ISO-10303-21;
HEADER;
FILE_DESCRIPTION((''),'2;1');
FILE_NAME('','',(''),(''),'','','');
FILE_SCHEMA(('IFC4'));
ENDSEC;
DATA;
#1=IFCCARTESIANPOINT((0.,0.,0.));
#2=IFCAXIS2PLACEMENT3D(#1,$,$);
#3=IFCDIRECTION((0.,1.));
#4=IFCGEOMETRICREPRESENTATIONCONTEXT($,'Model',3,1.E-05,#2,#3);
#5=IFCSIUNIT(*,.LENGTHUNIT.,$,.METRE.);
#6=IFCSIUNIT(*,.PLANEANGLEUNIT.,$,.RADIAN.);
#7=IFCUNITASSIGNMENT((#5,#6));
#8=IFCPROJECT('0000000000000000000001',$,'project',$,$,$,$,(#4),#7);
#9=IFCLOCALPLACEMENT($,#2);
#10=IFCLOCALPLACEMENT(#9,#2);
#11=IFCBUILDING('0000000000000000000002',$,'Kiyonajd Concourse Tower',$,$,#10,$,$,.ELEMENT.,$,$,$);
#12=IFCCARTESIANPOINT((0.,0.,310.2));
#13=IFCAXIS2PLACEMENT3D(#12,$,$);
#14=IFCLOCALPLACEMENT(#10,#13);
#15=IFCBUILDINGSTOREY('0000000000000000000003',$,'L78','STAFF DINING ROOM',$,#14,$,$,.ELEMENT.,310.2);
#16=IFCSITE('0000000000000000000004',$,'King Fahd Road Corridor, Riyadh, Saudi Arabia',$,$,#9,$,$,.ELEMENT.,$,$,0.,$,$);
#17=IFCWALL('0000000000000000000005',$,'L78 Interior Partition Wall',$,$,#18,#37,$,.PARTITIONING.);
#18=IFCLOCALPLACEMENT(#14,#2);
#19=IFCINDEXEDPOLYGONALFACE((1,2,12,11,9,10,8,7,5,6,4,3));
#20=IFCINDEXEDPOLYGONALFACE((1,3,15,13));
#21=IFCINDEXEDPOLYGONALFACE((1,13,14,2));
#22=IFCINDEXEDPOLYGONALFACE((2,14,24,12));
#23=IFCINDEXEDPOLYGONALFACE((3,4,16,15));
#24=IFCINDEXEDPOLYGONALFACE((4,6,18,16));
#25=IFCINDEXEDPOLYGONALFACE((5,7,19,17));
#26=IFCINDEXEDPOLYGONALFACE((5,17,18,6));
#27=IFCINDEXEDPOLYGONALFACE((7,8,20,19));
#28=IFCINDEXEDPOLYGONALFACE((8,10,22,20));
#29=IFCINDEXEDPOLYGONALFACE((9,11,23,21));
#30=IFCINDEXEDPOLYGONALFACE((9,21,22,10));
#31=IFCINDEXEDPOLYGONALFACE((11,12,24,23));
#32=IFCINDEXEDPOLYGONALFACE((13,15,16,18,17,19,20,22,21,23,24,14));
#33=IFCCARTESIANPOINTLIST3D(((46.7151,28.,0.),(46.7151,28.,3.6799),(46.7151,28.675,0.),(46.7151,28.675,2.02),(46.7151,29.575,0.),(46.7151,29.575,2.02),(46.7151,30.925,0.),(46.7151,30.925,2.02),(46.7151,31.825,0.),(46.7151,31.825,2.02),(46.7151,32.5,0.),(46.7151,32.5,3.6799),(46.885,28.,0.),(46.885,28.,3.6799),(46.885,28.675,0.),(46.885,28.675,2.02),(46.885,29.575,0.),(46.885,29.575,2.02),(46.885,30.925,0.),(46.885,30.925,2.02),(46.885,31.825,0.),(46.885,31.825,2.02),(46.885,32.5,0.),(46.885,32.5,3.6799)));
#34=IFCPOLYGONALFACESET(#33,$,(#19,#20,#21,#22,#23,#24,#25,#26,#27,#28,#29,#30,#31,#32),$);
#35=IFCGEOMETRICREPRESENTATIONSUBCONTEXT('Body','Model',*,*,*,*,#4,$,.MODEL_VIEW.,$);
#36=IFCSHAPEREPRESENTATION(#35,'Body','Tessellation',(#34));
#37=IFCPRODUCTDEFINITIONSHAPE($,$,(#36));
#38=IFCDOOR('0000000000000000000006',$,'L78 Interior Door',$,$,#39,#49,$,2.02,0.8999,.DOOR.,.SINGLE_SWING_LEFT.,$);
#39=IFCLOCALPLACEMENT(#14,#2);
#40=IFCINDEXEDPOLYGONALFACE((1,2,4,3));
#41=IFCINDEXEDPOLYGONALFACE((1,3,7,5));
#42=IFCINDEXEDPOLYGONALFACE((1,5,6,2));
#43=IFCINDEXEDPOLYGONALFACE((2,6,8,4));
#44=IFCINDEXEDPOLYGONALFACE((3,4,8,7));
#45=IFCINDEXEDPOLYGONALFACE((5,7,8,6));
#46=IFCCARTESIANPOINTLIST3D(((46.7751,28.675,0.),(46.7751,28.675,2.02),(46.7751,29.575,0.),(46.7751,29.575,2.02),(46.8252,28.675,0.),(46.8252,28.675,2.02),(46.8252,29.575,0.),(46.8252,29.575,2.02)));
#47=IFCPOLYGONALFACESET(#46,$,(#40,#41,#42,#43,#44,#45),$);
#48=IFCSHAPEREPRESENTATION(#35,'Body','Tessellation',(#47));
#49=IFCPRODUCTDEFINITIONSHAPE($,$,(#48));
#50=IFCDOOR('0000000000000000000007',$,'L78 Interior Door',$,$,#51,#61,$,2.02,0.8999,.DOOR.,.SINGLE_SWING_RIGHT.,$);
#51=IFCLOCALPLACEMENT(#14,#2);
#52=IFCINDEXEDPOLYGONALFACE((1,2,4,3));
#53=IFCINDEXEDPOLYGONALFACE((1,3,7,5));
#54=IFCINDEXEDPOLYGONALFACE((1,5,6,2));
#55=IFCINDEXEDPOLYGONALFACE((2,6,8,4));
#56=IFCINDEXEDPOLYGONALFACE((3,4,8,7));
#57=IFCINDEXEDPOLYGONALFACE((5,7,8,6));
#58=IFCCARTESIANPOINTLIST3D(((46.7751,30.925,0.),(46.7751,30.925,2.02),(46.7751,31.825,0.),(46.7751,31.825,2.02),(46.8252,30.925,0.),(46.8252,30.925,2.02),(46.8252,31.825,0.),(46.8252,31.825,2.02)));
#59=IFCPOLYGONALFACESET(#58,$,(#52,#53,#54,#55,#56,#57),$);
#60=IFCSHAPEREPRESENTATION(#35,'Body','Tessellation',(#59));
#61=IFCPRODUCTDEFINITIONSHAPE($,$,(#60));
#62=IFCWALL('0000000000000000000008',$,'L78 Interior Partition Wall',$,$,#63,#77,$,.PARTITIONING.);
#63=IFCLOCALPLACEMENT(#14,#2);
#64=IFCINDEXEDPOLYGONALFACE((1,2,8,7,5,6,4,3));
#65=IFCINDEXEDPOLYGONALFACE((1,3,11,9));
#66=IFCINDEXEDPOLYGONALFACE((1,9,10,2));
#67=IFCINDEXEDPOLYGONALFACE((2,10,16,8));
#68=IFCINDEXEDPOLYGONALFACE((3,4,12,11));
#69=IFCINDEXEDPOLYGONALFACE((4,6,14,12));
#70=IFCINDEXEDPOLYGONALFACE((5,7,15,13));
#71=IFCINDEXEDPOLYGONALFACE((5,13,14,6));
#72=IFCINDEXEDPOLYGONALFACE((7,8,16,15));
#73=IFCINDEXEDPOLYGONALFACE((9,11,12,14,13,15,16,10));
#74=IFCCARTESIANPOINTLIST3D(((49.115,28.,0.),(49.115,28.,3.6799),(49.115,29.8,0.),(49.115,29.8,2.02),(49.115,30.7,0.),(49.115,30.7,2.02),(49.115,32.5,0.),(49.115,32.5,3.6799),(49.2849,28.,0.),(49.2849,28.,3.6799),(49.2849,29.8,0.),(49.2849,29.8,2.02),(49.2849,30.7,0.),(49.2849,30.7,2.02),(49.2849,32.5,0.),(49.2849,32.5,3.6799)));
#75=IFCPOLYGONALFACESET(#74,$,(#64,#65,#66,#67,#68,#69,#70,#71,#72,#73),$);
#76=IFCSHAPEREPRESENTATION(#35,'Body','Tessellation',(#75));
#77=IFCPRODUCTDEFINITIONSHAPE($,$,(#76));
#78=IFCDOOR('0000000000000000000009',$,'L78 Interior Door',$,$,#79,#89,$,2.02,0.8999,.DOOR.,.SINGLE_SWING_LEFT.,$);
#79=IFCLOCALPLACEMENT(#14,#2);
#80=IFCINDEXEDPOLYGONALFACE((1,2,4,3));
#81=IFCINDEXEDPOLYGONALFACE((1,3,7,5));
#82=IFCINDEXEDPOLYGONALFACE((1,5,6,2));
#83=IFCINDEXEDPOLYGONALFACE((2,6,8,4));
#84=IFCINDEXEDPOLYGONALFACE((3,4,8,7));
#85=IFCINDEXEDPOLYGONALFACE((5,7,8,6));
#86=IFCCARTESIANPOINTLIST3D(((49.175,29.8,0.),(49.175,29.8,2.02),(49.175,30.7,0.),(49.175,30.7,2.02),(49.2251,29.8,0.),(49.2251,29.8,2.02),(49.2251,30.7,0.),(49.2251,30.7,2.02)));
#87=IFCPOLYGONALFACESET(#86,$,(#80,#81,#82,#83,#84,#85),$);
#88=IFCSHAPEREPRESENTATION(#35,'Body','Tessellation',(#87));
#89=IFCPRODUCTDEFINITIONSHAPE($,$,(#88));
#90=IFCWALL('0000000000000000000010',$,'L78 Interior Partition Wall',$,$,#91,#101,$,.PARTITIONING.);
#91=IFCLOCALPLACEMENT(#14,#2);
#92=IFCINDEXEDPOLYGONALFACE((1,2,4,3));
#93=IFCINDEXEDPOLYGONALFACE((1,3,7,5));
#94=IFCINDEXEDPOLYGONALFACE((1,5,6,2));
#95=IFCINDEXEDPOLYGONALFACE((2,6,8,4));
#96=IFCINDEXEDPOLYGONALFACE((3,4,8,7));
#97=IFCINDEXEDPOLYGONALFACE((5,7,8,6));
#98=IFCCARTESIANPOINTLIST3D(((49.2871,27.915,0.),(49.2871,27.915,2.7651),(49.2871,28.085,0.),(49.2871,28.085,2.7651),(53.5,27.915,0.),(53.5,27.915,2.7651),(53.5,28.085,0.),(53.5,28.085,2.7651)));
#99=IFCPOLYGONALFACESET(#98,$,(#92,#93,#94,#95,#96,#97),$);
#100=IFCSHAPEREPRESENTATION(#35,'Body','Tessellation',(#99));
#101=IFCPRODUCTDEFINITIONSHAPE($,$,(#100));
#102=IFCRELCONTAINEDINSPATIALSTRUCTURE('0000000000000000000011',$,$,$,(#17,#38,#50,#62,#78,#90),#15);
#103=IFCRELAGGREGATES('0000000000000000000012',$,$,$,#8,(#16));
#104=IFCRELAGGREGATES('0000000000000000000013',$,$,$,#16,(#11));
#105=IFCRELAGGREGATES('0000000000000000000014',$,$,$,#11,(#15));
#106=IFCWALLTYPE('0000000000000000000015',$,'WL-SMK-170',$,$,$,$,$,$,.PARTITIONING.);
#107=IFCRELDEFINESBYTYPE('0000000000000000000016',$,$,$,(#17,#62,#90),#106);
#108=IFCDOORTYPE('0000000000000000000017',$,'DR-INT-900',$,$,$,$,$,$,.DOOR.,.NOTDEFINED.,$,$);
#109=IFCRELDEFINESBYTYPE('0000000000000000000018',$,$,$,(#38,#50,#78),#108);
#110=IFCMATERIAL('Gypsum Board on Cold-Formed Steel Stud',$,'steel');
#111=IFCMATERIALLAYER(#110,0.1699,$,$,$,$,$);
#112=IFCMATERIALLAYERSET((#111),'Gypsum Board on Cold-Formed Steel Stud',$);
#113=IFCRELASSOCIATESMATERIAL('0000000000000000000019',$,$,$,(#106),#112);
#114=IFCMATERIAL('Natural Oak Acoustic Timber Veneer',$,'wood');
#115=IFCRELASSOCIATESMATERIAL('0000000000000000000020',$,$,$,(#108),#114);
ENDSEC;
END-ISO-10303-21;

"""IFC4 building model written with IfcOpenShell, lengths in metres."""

from ifc_helpers import new_model, si_unit, direction, frame, frame_2d, origin, place, context, subcontext, project, spatial, rectangle, extrude, material, layer, layer_set, type_object, element, fill, save


model = new_model("IFC4")

# Units and contexts
model_context = context("Model", 3, precision=1e-05, world=origin(), true_north=direction((0.0, 1.0)))
body_context = subcontext(model_context, "Body", "Model", "MODEL_VIEW")
ifc_project = project(units=[si_unit("LENGTHUNIT", "METRE"), si_unit("PLANEANGLEUNIT", "RADIAN")], contexts=[model_context])

# Site, building, storey
site_placement = place(None, origin())
site = spatial("IfcSite", under=ifc_project, at=site_placement, Name="King Fahd Road Corridor, Riyadh, Saudi Arabia", CompositionType="ELEMENT", RefElevation=0.0)
building_placement = place(site_placement, origin())
building = spatial("IfcBuilding", under=site, at=building_placement, Name="Kiyonajd Concourse Tower", CompositionType="ELEMENT")
storey_placement = place(building_placement, frame((0.0, 0.0, 310.2)))
storey = spatial("IfcBuildingStorey", under=building, at=storey_placement, Name="L78", Description="STAFF DINING ROOM", CompositionType="ELEMENT", Elevation=310.2)

# Shared definitions
ifc_material_1 = material(Name="Gypsum Board on Cold-Formed Steel Stud", Category="steel")
ifc_layer = layer(ifc_material_1, 0.1699)
ifc_layer_set = layer_set([ifc_layer], Name="Gypsum Board on Cold-Formed Steel Stud")
wall_type = type_object("IfcWallType", Name="WL-SMK-170", PredefinedType="PARTITIONING", material=ifc_layer_set)
ifc_material_2 = material(Name="Natural Oak Acoustic Timber Veneer", Category="wood")
door_type = type_object("IfcDoorType", Name="DR-INT-900", OperationType="NOTDEFINED", PredefinedType="DOOR", material=ifc_material_2)

# Wall, openings, doors
wall_1_placement = place(storey_placement, frame((46.8, 28.0, 0.0), z_axis=(0.0, 0.0, 1.0), x_axis=(0.0, 1.0, 0.0)))
wall_1 = element("IfcWall", 1, at=wall_1_placement, inside=storey, type_object=wall_type, Name="L78 Interior Partition Wall", PredefinedType="PARTITIONING", context=body_context, shape_type="SweptSolid", body=[
    extrude(rectangle(XDim=4.5, YDim=0.1699, at=frame_2d((2.25, 0.0))), origin(), (0.0, 0.0, 1.0), 3.6799),
])
opening_1_placement = place(wall_1_placement, frame((0.675, 0.0, 0.0)))
opening_1 = element("IfcOpeningElement", 2, at=opening_1_placement, cuts=wall_1, PredefinedType="OPENING", context=body_context, shape_type="SweptSolid", body=[
    extrude(rectangle(XDim=0.8999, YDim=2.02, at=frame_2d((0.45, 1.01))), frame((0.0, 0.095, 0.0), z_axis=(0.0, -1.0, 0.0), x_axis=(1.0, 0.0, 0.0)), (0.0, 0.0, 1.0), 0.1899),
])
opening_2_placement = place(wall_1_placement, frame((2.925, 0.0, 0.0)))
opening_2 = element("IfcOpeningElement", 3, at=opening_2_placement, cuts=wall_1, PredefinedType="OPENING", context=body_context, shape_type="SweptSolid", body=[
    extrude(rectangle(XDim=0.8999, YDim=2.02, at=frame_2d((0.45, 1.01))), frame((0.0, 0.095, 0.0), z_axis=(0.0, -1.0, 0.0), x_axis=(1.0, 0.0, 0.0)), (0.0, 0.0, 1.0), 0.1899),
])
door_1_placement = place(opening_1_placement, origin())
door_1 = element("IfcDoor", 4, at=door_1_placement, inside=storey, type_object=door_type, Name="L78 Interior Door", OperationType="SINGLE_SWING_LEFT", OverallHeight=2.02, OverallWidth=0.8999, PredefinedType="DOOR", context=body_context, shape_type="SweptSolid", body=[
    extrude(rectangle(XDim=0.8999, YDim=2.02, at=frame_2d((0.45, 1.01))), frame((0.0, 0.0249, 0.0), z_axis=(0.0, -1.0, 0.0), x_axis=(1.0, 0.0, 0.0)), (0.0, 0.0, 1.0), 0.05),
])
fill(opening_1, door_1)
door_2_placement = place(opening_2_placement, origin())
door_2 = element("IfcDoor", 5, at=door_2_placement, inside=storey, type_object=door_type, Name="L78 Interior Door", OperationType="SINGLE_SWING_RIGHT", OverallHeight=2.02, OverallWidth=0.8999, PredefinedType="DOOR", context=body_context, shape_type="SweptSolid", body=[
    extrude(rectangle(XDim=0.8999, YDim=2.02, at=frame_2d((0.45, 1.01))), frame((0.0, 0.0249, 0.0), z_axis=(0.0, -1.0, 0.0), x_axis=(1.0, 0.0, 0.0)), (0.0, 0.0, 1.0), 0.05),
])
fill(opening_2, door_2)

# Wall, opening, door
wall_2_placement = place(storey_placement, frame((49.2, 28.0, 0.0), z_axis=(0.0, 0.0, 1.0), x_axis=(0.0, 1.0, 0.0)))
wall_2 = element("IfcWall", 6, at=wall_2_placement, inside=storey, type_object=wall_type, Name="L78 Interior Partition Wall", PredefinedType="PARTITIONING", context=body_context, shape_type="SweptSolid", body=[
    extrude(rectangle(XDim=4.5, YDim=0.1699, at=frame_2d((2.25, 0.0))), origin(), (0.0, 0.0, 1.0), 3.6799),
])
opening_3_placement = place(wall_2_placement, frame((1.8, 0.0, 0.0)))
opening_3 = element("IfcOpeningElement", 7, at=opening_3_placement, cuts=wall_2, PredefinedType="OPENING", context=body_context, shape_type="SweptSolid", body=[
    extrude(rectangle(XDim=0.8999, YDim=2.02, at=frame_2d((0.45, 1.01))), frame((0.0, 0.095, 0.0), z_axis=(0.0, -1.0, 0.0), x_axis=(1.0, 0.0, 0.0)), (0.0, 0.0, 1.0), 0.1899),
])
door_3_placement = place(opening_3_placement, origin())
door_3 = element("IfcDoor", 8, at=door_3_placement, inside=storey, type_object=door_type, Name="L78 Interior Door", OperationType="SINGLE_SWING_LEFT", OverallHeight=2.02, OverallWidth=0.8999, PredefinedType="DOOR", context=body_context, shape_type="SweptSolid", body=[
    extrude(rectangle(XDim=0.8999, YDim=2.02, at=frame_2d((0.45, 1.01))), frame((0.0, 0.0249, 0.0), z_axis=(0.0, -1.0, 0.0), x_axis=(1.0, 0.0, 0.0)), (0.0, 0.0, 1.0), 0.05),
])
fill(opening_3, door_3)

# Wall
wall_3_placement = place(storey_placement, frame((49.2871, 28.0, 0.0), z_axis=(0.0, 0.0, 1.0), x_axis=(1.0, 0.0, 0.0)))
element("IfcWall", 9, at=wall_3_placement, inside=storey, type_object=wall_type, Name="L78 Interior Partition Wall", PredefinedType="PARTITIONING", context=body_context, shape_type="SweptSolid", body=[
    extrude(rectangle(XDim=4.2129, YDim=0.1699, at=frame_2d((2.1064, 0.0))), origin(), (0.0, 0.0, 1.0), 2.7651),
])

save(model, "model.ifc")
